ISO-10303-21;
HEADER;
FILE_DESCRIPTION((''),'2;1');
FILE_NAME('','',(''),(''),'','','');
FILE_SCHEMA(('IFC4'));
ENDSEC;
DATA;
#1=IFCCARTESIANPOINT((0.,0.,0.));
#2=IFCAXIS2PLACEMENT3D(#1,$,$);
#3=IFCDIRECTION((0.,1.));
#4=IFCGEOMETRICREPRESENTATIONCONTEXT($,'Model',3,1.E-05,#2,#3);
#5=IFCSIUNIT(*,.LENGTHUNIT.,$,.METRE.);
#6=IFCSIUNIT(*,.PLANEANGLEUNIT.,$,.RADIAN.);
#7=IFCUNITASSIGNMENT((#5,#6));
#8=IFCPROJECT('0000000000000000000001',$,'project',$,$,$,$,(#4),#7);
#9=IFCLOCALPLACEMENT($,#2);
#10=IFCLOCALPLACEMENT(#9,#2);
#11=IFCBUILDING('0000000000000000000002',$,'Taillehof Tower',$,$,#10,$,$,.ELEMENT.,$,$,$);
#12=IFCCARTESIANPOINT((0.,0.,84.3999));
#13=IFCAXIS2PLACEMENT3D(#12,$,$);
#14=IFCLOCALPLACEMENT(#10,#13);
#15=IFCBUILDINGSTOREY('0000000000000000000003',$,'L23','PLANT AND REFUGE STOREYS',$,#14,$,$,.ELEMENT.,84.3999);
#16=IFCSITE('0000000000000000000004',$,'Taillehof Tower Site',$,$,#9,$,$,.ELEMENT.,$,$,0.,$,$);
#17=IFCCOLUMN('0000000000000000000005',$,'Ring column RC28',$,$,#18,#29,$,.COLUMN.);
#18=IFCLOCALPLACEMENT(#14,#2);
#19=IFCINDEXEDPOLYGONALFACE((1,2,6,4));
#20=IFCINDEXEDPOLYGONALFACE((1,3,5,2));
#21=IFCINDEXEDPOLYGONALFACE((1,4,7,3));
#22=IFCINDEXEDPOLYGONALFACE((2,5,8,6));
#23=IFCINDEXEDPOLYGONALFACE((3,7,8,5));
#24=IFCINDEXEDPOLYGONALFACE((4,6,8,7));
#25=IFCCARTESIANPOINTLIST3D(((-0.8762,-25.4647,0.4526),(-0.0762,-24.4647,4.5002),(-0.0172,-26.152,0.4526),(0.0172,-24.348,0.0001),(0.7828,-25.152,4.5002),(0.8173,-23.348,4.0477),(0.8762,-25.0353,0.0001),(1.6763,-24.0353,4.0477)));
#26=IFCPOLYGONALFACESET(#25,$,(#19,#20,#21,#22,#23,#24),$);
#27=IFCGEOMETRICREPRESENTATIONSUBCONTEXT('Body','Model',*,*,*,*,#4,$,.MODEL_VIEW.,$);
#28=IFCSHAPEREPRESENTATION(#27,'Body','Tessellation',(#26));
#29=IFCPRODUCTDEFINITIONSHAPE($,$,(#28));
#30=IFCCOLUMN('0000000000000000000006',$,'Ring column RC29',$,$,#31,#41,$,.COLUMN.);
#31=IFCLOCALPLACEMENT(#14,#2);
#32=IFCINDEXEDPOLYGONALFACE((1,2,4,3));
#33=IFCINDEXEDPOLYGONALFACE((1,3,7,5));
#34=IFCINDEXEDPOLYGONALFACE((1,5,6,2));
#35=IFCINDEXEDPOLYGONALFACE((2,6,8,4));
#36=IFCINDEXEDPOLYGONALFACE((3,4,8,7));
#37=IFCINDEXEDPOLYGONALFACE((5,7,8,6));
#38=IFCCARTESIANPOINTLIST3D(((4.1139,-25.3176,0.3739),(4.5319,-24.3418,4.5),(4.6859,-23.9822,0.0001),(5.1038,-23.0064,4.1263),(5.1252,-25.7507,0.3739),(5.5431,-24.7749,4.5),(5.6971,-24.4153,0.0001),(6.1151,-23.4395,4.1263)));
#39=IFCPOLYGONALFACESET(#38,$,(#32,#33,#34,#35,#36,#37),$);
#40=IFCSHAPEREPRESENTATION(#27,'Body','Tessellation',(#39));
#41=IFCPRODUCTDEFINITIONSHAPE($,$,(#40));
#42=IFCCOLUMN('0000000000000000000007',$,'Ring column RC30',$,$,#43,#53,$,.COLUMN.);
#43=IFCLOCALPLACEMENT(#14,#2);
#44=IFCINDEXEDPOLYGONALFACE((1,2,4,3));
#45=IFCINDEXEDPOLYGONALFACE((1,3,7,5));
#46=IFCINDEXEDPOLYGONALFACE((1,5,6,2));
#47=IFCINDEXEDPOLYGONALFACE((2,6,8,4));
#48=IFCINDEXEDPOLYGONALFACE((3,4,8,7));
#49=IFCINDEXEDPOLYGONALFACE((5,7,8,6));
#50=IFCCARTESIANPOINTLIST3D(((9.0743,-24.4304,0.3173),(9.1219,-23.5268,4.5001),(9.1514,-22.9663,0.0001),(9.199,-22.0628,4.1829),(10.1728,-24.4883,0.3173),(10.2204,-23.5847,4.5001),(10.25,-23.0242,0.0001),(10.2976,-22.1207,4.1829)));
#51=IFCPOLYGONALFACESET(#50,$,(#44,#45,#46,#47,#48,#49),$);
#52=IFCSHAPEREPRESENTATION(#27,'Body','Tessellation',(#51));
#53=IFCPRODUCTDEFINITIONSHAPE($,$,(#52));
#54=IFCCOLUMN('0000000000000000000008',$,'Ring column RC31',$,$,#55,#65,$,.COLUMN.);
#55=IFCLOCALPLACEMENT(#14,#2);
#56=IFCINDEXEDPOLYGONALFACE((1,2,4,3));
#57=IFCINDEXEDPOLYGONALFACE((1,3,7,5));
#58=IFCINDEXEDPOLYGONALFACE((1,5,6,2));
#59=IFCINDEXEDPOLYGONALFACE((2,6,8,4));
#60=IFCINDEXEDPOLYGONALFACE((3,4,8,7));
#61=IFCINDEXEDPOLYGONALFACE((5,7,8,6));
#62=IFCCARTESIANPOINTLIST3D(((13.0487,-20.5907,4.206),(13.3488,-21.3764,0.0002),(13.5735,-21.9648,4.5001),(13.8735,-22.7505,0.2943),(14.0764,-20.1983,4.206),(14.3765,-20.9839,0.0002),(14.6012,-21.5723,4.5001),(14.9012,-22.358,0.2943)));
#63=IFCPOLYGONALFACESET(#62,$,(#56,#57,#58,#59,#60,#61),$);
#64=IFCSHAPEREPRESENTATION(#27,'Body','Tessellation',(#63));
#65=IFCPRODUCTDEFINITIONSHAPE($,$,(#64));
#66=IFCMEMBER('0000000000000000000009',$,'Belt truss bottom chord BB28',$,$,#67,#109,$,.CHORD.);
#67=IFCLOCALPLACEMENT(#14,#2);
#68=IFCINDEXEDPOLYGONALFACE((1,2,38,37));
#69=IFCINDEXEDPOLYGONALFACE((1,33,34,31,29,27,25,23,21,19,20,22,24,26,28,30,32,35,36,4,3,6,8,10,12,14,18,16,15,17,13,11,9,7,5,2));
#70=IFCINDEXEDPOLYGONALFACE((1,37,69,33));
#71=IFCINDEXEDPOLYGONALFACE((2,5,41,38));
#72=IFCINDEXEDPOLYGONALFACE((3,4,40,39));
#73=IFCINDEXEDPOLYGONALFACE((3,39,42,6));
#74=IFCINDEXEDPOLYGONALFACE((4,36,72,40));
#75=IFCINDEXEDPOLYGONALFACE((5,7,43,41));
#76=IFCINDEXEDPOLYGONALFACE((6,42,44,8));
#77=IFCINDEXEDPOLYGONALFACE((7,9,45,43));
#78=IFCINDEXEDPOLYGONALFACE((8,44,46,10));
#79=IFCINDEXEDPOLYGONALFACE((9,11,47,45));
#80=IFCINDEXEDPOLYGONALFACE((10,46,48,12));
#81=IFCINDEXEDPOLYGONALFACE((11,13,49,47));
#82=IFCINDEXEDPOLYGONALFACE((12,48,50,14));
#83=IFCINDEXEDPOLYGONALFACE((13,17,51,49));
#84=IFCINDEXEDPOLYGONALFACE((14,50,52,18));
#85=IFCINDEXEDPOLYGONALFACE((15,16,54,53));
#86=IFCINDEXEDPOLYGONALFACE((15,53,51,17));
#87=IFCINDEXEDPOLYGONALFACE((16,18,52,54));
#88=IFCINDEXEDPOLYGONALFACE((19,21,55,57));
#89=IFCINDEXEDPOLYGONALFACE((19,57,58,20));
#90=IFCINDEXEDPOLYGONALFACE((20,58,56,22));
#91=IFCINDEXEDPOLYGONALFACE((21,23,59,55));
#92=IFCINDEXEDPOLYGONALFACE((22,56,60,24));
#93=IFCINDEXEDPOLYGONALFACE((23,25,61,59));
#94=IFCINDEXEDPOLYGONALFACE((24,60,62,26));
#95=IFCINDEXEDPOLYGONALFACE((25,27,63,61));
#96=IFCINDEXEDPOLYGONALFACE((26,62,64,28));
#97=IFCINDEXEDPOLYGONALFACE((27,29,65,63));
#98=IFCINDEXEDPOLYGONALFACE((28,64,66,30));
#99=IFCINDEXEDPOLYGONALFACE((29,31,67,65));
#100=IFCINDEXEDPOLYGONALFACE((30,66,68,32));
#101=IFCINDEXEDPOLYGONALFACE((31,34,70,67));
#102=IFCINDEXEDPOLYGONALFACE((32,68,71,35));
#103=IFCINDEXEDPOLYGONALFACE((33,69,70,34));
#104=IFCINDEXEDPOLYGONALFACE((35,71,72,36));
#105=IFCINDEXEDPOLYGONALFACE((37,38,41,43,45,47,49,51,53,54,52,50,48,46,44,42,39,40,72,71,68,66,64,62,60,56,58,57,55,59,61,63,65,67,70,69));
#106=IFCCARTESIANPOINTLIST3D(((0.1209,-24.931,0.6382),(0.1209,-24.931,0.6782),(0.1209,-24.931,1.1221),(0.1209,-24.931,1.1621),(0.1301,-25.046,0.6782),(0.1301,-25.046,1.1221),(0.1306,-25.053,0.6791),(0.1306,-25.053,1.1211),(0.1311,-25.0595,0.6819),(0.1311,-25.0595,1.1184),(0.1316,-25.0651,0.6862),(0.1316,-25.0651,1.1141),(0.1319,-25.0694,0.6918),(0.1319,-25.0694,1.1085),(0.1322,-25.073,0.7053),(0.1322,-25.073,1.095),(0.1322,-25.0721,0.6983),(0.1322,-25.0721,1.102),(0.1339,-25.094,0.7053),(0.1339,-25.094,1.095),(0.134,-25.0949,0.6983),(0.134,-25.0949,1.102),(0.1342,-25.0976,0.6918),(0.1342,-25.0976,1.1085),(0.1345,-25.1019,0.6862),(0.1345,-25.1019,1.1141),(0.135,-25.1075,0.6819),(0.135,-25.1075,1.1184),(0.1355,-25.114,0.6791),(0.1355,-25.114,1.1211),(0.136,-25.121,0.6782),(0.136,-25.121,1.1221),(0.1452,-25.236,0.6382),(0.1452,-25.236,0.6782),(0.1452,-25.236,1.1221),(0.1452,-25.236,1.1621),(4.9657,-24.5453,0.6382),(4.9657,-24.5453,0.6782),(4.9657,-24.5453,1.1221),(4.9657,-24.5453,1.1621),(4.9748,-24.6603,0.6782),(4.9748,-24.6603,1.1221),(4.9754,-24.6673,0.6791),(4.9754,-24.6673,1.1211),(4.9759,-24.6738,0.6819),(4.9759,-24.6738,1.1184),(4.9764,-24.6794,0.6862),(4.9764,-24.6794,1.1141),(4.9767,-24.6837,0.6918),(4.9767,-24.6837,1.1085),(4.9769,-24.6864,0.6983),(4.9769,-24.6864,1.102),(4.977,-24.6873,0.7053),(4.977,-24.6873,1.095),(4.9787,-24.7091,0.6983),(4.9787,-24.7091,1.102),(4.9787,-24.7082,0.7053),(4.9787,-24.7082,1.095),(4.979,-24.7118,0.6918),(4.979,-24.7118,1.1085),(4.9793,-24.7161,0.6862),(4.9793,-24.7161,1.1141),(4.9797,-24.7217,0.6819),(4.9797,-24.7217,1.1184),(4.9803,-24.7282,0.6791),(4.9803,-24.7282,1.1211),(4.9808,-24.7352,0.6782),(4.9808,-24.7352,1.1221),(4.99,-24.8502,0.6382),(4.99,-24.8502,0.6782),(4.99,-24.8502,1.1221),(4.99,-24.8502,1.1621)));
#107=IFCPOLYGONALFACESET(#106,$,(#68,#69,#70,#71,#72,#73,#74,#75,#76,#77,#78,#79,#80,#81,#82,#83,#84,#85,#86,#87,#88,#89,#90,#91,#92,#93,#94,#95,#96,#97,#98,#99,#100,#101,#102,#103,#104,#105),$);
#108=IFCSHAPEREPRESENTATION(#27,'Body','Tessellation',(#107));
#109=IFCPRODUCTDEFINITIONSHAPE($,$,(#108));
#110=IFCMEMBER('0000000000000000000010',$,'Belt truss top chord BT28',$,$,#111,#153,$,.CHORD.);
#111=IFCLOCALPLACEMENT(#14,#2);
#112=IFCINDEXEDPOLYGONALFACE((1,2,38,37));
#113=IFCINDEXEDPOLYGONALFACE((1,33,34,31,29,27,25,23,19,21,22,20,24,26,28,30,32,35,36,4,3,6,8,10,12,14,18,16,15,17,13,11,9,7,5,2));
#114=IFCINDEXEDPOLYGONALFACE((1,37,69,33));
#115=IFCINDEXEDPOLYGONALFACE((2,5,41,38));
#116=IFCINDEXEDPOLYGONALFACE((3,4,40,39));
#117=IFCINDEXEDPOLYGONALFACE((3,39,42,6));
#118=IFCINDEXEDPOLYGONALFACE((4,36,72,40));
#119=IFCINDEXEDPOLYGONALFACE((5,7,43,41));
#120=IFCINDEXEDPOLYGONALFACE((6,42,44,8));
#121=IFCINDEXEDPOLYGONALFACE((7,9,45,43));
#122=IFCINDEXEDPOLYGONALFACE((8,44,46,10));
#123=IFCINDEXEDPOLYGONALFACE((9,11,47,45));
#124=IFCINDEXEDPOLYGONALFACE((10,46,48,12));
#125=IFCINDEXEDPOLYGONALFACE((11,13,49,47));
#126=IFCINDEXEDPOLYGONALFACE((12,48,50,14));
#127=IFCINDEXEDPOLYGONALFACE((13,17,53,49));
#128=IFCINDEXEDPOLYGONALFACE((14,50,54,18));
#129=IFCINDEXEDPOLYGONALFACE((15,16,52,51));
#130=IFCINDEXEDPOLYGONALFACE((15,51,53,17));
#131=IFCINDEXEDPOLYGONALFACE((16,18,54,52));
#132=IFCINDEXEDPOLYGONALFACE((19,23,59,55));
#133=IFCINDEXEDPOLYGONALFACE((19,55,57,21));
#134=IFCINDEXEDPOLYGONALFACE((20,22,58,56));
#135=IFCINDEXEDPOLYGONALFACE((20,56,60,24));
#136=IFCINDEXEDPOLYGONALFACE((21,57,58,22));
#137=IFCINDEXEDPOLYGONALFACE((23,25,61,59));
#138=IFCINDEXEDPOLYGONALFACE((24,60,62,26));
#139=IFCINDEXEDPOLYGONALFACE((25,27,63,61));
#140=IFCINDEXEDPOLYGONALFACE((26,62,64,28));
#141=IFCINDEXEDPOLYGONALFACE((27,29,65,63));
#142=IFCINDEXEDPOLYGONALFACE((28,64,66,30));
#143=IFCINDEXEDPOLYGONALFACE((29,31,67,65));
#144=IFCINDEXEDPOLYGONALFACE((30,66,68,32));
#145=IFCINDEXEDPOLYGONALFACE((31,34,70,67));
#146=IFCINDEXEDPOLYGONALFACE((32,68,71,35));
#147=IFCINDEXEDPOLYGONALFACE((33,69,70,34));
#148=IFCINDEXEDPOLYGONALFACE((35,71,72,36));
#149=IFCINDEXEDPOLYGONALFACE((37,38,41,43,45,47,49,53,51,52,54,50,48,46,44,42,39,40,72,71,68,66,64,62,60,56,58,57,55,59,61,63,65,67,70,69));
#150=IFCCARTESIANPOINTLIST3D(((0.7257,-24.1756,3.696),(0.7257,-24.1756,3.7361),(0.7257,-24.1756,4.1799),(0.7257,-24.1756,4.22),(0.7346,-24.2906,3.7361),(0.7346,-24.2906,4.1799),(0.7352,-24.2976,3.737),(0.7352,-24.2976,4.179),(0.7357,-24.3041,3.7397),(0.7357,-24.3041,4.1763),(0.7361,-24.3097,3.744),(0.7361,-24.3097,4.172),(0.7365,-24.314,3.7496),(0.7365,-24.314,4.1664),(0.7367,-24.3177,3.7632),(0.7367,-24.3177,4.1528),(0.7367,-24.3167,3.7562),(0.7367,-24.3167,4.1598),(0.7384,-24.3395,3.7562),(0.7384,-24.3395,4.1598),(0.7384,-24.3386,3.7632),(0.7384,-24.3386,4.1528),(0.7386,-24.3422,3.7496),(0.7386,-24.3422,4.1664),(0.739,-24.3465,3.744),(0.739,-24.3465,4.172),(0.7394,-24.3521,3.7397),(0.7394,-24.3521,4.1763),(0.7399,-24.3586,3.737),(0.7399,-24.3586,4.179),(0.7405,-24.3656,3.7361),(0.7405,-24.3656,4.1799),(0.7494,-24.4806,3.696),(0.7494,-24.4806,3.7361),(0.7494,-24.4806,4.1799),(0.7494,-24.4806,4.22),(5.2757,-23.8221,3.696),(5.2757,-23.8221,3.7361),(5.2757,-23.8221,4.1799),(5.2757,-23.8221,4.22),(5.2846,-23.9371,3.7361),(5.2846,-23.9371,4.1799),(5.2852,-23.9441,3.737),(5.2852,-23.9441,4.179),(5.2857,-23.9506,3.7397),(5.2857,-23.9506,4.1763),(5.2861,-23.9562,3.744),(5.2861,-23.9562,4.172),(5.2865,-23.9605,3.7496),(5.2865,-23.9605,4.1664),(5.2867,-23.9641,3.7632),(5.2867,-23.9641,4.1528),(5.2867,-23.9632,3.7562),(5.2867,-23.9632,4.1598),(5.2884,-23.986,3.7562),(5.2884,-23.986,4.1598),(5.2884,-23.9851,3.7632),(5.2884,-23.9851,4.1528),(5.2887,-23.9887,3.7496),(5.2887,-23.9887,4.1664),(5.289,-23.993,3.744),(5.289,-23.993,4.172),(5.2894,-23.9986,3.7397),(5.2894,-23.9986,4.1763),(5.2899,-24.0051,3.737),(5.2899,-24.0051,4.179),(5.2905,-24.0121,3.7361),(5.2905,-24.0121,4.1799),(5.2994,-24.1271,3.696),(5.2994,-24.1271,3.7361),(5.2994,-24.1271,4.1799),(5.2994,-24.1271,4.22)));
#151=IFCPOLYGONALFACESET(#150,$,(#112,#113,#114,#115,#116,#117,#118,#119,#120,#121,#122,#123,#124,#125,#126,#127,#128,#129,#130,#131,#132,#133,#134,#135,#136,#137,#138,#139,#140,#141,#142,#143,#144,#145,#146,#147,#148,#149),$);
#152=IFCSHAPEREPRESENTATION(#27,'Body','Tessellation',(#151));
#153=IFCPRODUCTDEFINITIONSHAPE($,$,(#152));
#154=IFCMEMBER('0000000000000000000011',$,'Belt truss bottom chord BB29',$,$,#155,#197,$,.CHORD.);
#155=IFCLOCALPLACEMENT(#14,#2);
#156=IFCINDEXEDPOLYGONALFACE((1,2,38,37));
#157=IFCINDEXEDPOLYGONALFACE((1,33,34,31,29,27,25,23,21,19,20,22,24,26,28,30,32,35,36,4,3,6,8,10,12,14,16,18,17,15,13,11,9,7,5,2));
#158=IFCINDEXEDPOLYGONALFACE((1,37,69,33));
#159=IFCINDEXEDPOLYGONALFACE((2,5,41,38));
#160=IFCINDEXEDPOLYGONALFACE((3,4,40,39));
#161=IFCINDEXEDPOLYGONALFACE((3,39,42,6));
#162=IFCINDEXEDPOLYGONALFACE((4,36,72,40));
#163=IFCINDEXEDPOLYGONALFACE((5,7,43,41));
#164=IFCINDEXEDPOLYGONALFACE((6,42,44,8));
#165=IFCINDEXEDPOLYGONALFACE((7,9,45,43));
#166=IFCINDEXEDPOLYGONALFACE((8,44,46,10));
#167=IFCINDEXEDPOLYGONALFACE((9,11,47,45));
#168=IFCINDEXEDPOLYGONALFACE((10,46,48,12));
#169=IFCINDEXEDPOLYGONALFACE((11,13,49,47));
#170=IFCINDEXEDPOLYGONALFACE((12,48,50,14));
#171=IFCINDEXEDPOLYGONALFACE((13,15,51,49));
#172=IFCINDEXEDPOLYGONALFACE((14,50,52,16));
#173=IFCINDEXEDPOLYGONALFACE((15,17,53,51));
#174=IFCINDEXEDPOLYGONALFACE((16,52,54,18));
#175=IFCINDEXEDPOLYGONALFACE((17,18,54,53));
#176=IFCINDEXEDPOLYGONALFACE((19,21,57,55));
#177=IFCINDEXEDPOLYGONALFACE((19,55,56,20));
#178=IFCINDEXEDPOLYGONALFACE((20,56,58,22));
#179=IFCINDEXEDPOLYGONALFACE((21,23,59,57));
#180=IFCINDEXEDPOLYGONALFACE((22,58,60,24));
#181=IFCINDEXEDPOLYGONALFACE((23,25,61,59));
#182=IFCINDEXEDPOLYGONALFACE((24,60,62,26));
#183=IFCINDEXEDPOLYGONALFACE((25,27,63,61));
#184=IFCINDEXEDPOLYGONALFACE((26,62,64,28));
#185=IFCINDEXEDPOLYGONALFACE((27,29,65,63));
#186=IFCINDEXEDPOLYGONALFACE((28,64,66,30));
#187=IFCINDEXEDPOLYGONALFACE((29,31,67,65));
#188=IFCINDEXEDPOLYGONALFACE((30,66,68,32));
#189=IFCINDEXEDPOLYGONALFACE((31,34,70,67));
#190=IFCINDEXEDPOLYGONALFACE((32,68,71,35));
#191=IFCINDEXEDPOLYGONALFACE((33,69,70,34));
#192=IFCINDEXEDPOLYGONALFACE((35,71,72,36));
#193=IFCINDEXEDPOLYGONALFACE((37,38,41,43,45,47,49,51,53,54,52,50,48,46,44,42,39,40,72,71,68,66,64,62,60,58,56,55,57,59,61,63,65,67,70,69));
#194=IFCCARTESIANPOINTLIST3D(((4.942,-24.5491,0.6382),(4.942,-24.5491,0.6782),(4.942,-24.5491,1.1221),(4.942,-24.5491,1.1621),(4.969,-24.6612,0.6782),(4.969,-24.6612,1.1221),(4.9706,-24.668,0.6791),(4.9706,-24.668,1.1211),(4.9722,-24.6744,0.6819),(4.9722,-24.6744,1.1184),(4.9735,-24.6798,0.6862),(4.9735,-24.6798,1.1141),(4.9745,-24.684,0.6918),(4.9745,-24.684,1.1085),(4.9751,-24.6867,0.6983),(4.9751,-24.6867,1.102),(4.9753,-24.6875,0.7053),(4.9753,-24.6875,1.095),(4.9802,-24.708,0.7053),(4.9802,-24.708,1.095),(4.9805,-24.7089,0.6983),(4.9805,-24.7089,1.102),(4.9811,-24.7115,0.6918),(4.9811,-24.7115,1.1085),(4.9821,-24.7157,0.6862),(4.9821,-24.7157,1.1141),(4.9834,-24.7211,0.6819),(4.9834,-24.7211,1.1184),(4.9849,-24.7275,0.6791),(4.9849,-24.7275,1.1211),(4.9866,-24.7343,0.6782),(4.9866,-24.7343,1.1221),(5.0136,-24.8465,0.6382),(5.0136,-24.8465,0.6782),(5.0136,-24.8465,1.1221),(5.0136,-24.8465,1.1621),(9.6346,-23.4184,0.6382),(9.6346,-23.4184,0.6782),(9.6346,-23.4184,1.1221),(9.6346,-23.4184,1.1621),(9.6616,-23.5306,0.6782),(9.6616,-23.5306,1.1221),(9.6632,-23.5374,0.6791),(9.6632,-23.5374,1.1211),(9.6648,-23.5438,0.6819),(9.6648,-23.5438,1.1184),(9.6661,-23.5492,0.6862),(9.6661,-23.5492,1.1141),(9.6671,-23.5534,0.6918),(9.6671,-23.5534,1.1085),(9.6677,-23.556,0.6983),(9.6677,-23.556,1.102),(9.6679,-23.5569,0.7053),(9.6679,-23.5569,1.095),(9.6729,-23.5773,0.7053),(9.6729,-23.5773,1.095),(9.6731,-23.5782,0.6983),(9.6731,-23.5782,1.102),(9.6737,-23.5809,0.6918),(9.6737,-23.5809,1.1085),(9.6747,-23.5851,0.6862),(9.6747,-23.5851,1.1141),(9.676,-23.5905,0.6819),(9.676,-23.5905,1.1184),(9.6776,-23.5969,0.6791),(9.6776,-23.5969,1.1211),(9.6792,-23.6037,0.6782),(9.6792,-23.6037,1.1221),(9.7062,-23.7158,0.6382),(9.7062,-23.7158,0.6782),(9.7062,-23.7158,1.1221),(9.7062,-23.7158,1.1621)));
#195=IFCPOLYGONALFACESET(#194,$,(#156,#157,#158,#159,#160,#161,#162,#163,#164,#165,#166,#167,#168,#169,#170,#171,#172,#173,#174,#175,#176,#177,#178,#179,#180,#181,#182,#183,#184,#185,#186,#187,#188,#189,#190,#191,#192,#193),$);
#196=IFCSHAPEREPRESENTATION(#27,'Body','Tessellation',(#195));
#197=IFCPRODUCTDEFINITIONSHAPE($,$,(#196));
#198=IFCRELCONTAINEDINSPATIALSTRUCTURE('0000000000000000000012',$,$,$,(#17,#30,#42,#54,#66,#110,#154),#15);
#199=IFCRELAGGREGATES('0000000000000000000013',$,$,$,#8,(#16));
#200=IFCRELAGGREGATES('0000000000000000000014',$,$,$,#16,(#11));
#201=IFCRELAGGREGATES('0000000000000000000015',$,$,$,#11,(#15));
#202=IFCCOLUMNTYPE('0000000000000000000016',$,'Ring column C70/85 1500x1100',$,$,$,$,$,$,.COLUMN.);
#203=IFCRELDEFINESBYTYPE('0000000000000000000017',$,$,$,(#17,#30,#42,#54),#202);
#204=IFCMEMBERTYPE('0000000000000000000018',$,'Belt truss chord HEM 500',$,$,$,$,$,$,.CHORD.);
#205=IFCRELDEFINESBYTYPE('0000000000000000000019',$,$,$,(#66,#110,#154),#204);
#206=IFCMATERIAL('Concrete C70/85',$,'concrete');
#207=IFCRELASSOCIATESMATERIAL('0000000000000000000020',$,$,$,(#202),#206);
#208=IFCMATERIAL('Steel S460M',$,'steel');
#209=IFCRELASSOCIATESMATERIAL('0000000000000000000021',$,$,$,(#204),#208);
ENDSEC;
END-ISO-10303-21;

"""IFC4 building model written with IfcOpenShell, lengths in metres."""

from ifc_helpers import new_model, si_unit, direction, frame, origin, origin_2d, place, context, subcontext, project, spatial, rectangle, i_section, extrude, material, material_profile, profile_set, type_object, element, save


model = new_model("IFC4")

# Units and contexts
model_context = context("Model", 3, precision=1e-05, world=origin(), true_north=direction((0.0, 1.0)))
body_context = subcontext(model_context, "Body", "Model", "MODEL_VIEW")
ifc_project = project(units=[si_unit("LENGTHUNIT", "METRE"), si_unit("PLANEANGLEUNIT", "RADIAN")], contexts=[model_context])

# Site, building, storey
site_placement = place(None, origin())
site = spatial("IfcSite", under=ifc_project, at=site_placement, Name="Taillehof Tower Site", CompositionType="ELEMENT", RefElevation=0.0)
building_placement = place(site_placement, origin())
building = spatial("IfcBuilding", under=site, at=building_placement, Name="Taillehof Tower", CompositionType="ELEMENT")
storey_placement = place(building_placement, frame((0.0, 0.0, 84.3999)))
storey = spatial("IfcBuildingStorey", under=building, at=storey_placement, Name="L23", Description="PLANT AND REFUGE STOREYS", CompositionType="ELEMENT", Elevation=84.3999)

# Columns
ifc_material_1 = material(Name="Concrete C70/85", Category="concrete")
ifc_material_profile_1 = material_profile(ifc_material_1, rectangle(XDim=1.5, YDim=1.1001, at=origin_2d()), Name="RC 1500x1100")
ifc_profile_set_1 = profile_set([ifc_material_profile_1], Name="Concrete C70/85")
column_type = type_object("IfcColumnType", Name="Ring column C70/85 1500x1100", PredefinedType="COLUMN", material=ifc_profile_set_1)
column_1_placement = place(storey_placement, frame((0.0, -25.25, 0.2263), z_axis=(0.188452, 0.23555, 0.953416), x_axis=(-0.595616, -0.744475, 0.301659)))
element("IfcColumn", 1, at=column_1_placement, inside=storey, type_object=column_type, Name="Ring column RC28", PredefinedType="COLUMN", context=body_context, shape_type="SweptSolid", body=[
    extrude(rectangle(XDim=1.5, YDim=1.1001, at=origin_2d()), origin(), (0.0, 0.0, 1.0), 4.2454),
])
column_2_placement = place(storey_placement, frame((4.9055, -24.8665, 0.187), z_axis=(0.098101, 0.229036, 0.968462), x_axis=(-0.381308, -0.890238, 0.249161)))
element("IfcColumn", 2, at=column_2_placement, inside=storey, type_object=column_type, Name="Ring column RC29", PredefinedType="COLUMN", context=body_context, shape_type="SweptSolid", body=[
    extrude(rectangle(XDim=1.5, YDim=1.1001, at=origin_2d()), origin(), (0.0, 0.0, 1.0), 4.2605),
])
column_3_placement = place(storey_placement, frame((9.6621, -23.7273, 0.1587), z_axis=(0.011124, 0.211133, 0.977394), x_axis=(-0.051426, -0.97604, 0.211426)))
element("IfcColumn", 3, at=column_3_placement, inside=storey, type_object=column_type, Name="Ring column RC30", PredefinedType="COLUMN", context=body_context, shape_type="SweptSolid", body=[
    extrude(rectangle(XDim=1.5, YDim=1.1001, at=origin_2d()), origin(), (0.0, 0.0, 1.0), 4.2795),
])
column_4_placement = place(storey_placement, frame((14.125, -21.8672, 0.1472), z_axis=(-0.069957, 0.183174, 0.980588), x_axis=(0.349854, -0.916054, 0.196078)))
element("IfcColumn", 4, at=column_4_placement, inside=storey, type_object=column_type, Name="Ring column RC31", PredefinedType="COLUMN", context=body_context, shape_type="SweptSolid", body=[
    extrude(rectangle(XDim=1.5, YDim=1.1001, at=origin_2d()), origin(), (0.0, 0.0, 1.0), 4.2891),
])

# Members
ifc_material_2 = material(Name="Steel S460M", Category="steel")
ifc_material_profile_2 = material_profile(ifc_material_2, i_section(OverallWidth=0.3059, OverallDepth=0.5239, WebThickness=0.021, FlangeThickness=0.04, FilletRadius=0.0271, at=origin_2d()), Name="HEM 500")
ifc_profile_set_2 = profile_set([ifc_material_profile_2], Name="Steel S460M")
member_type_1 = type_object("IfcMemberType", Name="Belt truss chord HEM 500", PredefinedType="CHORD", material=ifc_profile_set_2)
member_1_placement = place(storey_placement, frame((0.1331, -25.0835, 0.9001), z_axis=(0.996845, 0.07937, 0.0), x_axis=(-0.07937, 0.996845, 0.0)))
element("IfcMember", 5, at=member_1_placement, inside=storey, type_object=member_type_1, Name="Belt truss bottom chord BB28", PredefinedType="CHORD", context=body_context, shape_type="SweptSolid", body=[
    extrude(i_section(OverallWidth=0.3059, OverallDepth=0.5239, WebThickness=0.021, FlangeThickness=0.04, FilletRadius=0.0271, at=origin_2d()), origin(), (0.0, 0.0, 1.0), 4.8601),
])
member_2_placement = place(storey_placement, frame((0.7375, -24.3281, 3.958), z_axis=(0.996995, 0.077461, 0.0), x_axis=(-0.077461, 0.996995, 0.0)))
element("IfcMember", 6, at=member_2_placement, inside=storey, type_object=member_type_1, Name="Belt truss top chord BT28", PredefinedType="CHORD", context=body_context, shape_type="SweptSolid", body=[
    extrude(i_section(OverallWidth=0.3059, OverallDepth=0.5239, WebThickness=0.021, FlangeThickness=0.04, FilletRadius=0.0271, at=origin_2d()), origin(), (0.0, 0.0, 1.0), 4.5637),
])
member_3_placement = place(storey_placement, frame((4.9778, -24.6978, 0.9001), z_axis=(0.972181, 0.234232, 0.0), x_axis=(-0.234232, 0.972181, 0.0)))
element("IfcMember", 7, at=member_3_placement, inside=storey, type_object=member_type_1, Name="Belt truss bottom chord BB29", PredefinedType="CHORD", context=body_context, shape_type="SweptSolid", body=[
    extrude(i_section(OverallWidth=0.3059, OverallDepth=0.5239, WebThickness=0.021, FlangeThickness=0.04, FilletRadius=0.0271, at=origin_2d()), origin(), (0.0, 0.0, 1.0), 4.8269),
])

save(model, "model.ifc")
